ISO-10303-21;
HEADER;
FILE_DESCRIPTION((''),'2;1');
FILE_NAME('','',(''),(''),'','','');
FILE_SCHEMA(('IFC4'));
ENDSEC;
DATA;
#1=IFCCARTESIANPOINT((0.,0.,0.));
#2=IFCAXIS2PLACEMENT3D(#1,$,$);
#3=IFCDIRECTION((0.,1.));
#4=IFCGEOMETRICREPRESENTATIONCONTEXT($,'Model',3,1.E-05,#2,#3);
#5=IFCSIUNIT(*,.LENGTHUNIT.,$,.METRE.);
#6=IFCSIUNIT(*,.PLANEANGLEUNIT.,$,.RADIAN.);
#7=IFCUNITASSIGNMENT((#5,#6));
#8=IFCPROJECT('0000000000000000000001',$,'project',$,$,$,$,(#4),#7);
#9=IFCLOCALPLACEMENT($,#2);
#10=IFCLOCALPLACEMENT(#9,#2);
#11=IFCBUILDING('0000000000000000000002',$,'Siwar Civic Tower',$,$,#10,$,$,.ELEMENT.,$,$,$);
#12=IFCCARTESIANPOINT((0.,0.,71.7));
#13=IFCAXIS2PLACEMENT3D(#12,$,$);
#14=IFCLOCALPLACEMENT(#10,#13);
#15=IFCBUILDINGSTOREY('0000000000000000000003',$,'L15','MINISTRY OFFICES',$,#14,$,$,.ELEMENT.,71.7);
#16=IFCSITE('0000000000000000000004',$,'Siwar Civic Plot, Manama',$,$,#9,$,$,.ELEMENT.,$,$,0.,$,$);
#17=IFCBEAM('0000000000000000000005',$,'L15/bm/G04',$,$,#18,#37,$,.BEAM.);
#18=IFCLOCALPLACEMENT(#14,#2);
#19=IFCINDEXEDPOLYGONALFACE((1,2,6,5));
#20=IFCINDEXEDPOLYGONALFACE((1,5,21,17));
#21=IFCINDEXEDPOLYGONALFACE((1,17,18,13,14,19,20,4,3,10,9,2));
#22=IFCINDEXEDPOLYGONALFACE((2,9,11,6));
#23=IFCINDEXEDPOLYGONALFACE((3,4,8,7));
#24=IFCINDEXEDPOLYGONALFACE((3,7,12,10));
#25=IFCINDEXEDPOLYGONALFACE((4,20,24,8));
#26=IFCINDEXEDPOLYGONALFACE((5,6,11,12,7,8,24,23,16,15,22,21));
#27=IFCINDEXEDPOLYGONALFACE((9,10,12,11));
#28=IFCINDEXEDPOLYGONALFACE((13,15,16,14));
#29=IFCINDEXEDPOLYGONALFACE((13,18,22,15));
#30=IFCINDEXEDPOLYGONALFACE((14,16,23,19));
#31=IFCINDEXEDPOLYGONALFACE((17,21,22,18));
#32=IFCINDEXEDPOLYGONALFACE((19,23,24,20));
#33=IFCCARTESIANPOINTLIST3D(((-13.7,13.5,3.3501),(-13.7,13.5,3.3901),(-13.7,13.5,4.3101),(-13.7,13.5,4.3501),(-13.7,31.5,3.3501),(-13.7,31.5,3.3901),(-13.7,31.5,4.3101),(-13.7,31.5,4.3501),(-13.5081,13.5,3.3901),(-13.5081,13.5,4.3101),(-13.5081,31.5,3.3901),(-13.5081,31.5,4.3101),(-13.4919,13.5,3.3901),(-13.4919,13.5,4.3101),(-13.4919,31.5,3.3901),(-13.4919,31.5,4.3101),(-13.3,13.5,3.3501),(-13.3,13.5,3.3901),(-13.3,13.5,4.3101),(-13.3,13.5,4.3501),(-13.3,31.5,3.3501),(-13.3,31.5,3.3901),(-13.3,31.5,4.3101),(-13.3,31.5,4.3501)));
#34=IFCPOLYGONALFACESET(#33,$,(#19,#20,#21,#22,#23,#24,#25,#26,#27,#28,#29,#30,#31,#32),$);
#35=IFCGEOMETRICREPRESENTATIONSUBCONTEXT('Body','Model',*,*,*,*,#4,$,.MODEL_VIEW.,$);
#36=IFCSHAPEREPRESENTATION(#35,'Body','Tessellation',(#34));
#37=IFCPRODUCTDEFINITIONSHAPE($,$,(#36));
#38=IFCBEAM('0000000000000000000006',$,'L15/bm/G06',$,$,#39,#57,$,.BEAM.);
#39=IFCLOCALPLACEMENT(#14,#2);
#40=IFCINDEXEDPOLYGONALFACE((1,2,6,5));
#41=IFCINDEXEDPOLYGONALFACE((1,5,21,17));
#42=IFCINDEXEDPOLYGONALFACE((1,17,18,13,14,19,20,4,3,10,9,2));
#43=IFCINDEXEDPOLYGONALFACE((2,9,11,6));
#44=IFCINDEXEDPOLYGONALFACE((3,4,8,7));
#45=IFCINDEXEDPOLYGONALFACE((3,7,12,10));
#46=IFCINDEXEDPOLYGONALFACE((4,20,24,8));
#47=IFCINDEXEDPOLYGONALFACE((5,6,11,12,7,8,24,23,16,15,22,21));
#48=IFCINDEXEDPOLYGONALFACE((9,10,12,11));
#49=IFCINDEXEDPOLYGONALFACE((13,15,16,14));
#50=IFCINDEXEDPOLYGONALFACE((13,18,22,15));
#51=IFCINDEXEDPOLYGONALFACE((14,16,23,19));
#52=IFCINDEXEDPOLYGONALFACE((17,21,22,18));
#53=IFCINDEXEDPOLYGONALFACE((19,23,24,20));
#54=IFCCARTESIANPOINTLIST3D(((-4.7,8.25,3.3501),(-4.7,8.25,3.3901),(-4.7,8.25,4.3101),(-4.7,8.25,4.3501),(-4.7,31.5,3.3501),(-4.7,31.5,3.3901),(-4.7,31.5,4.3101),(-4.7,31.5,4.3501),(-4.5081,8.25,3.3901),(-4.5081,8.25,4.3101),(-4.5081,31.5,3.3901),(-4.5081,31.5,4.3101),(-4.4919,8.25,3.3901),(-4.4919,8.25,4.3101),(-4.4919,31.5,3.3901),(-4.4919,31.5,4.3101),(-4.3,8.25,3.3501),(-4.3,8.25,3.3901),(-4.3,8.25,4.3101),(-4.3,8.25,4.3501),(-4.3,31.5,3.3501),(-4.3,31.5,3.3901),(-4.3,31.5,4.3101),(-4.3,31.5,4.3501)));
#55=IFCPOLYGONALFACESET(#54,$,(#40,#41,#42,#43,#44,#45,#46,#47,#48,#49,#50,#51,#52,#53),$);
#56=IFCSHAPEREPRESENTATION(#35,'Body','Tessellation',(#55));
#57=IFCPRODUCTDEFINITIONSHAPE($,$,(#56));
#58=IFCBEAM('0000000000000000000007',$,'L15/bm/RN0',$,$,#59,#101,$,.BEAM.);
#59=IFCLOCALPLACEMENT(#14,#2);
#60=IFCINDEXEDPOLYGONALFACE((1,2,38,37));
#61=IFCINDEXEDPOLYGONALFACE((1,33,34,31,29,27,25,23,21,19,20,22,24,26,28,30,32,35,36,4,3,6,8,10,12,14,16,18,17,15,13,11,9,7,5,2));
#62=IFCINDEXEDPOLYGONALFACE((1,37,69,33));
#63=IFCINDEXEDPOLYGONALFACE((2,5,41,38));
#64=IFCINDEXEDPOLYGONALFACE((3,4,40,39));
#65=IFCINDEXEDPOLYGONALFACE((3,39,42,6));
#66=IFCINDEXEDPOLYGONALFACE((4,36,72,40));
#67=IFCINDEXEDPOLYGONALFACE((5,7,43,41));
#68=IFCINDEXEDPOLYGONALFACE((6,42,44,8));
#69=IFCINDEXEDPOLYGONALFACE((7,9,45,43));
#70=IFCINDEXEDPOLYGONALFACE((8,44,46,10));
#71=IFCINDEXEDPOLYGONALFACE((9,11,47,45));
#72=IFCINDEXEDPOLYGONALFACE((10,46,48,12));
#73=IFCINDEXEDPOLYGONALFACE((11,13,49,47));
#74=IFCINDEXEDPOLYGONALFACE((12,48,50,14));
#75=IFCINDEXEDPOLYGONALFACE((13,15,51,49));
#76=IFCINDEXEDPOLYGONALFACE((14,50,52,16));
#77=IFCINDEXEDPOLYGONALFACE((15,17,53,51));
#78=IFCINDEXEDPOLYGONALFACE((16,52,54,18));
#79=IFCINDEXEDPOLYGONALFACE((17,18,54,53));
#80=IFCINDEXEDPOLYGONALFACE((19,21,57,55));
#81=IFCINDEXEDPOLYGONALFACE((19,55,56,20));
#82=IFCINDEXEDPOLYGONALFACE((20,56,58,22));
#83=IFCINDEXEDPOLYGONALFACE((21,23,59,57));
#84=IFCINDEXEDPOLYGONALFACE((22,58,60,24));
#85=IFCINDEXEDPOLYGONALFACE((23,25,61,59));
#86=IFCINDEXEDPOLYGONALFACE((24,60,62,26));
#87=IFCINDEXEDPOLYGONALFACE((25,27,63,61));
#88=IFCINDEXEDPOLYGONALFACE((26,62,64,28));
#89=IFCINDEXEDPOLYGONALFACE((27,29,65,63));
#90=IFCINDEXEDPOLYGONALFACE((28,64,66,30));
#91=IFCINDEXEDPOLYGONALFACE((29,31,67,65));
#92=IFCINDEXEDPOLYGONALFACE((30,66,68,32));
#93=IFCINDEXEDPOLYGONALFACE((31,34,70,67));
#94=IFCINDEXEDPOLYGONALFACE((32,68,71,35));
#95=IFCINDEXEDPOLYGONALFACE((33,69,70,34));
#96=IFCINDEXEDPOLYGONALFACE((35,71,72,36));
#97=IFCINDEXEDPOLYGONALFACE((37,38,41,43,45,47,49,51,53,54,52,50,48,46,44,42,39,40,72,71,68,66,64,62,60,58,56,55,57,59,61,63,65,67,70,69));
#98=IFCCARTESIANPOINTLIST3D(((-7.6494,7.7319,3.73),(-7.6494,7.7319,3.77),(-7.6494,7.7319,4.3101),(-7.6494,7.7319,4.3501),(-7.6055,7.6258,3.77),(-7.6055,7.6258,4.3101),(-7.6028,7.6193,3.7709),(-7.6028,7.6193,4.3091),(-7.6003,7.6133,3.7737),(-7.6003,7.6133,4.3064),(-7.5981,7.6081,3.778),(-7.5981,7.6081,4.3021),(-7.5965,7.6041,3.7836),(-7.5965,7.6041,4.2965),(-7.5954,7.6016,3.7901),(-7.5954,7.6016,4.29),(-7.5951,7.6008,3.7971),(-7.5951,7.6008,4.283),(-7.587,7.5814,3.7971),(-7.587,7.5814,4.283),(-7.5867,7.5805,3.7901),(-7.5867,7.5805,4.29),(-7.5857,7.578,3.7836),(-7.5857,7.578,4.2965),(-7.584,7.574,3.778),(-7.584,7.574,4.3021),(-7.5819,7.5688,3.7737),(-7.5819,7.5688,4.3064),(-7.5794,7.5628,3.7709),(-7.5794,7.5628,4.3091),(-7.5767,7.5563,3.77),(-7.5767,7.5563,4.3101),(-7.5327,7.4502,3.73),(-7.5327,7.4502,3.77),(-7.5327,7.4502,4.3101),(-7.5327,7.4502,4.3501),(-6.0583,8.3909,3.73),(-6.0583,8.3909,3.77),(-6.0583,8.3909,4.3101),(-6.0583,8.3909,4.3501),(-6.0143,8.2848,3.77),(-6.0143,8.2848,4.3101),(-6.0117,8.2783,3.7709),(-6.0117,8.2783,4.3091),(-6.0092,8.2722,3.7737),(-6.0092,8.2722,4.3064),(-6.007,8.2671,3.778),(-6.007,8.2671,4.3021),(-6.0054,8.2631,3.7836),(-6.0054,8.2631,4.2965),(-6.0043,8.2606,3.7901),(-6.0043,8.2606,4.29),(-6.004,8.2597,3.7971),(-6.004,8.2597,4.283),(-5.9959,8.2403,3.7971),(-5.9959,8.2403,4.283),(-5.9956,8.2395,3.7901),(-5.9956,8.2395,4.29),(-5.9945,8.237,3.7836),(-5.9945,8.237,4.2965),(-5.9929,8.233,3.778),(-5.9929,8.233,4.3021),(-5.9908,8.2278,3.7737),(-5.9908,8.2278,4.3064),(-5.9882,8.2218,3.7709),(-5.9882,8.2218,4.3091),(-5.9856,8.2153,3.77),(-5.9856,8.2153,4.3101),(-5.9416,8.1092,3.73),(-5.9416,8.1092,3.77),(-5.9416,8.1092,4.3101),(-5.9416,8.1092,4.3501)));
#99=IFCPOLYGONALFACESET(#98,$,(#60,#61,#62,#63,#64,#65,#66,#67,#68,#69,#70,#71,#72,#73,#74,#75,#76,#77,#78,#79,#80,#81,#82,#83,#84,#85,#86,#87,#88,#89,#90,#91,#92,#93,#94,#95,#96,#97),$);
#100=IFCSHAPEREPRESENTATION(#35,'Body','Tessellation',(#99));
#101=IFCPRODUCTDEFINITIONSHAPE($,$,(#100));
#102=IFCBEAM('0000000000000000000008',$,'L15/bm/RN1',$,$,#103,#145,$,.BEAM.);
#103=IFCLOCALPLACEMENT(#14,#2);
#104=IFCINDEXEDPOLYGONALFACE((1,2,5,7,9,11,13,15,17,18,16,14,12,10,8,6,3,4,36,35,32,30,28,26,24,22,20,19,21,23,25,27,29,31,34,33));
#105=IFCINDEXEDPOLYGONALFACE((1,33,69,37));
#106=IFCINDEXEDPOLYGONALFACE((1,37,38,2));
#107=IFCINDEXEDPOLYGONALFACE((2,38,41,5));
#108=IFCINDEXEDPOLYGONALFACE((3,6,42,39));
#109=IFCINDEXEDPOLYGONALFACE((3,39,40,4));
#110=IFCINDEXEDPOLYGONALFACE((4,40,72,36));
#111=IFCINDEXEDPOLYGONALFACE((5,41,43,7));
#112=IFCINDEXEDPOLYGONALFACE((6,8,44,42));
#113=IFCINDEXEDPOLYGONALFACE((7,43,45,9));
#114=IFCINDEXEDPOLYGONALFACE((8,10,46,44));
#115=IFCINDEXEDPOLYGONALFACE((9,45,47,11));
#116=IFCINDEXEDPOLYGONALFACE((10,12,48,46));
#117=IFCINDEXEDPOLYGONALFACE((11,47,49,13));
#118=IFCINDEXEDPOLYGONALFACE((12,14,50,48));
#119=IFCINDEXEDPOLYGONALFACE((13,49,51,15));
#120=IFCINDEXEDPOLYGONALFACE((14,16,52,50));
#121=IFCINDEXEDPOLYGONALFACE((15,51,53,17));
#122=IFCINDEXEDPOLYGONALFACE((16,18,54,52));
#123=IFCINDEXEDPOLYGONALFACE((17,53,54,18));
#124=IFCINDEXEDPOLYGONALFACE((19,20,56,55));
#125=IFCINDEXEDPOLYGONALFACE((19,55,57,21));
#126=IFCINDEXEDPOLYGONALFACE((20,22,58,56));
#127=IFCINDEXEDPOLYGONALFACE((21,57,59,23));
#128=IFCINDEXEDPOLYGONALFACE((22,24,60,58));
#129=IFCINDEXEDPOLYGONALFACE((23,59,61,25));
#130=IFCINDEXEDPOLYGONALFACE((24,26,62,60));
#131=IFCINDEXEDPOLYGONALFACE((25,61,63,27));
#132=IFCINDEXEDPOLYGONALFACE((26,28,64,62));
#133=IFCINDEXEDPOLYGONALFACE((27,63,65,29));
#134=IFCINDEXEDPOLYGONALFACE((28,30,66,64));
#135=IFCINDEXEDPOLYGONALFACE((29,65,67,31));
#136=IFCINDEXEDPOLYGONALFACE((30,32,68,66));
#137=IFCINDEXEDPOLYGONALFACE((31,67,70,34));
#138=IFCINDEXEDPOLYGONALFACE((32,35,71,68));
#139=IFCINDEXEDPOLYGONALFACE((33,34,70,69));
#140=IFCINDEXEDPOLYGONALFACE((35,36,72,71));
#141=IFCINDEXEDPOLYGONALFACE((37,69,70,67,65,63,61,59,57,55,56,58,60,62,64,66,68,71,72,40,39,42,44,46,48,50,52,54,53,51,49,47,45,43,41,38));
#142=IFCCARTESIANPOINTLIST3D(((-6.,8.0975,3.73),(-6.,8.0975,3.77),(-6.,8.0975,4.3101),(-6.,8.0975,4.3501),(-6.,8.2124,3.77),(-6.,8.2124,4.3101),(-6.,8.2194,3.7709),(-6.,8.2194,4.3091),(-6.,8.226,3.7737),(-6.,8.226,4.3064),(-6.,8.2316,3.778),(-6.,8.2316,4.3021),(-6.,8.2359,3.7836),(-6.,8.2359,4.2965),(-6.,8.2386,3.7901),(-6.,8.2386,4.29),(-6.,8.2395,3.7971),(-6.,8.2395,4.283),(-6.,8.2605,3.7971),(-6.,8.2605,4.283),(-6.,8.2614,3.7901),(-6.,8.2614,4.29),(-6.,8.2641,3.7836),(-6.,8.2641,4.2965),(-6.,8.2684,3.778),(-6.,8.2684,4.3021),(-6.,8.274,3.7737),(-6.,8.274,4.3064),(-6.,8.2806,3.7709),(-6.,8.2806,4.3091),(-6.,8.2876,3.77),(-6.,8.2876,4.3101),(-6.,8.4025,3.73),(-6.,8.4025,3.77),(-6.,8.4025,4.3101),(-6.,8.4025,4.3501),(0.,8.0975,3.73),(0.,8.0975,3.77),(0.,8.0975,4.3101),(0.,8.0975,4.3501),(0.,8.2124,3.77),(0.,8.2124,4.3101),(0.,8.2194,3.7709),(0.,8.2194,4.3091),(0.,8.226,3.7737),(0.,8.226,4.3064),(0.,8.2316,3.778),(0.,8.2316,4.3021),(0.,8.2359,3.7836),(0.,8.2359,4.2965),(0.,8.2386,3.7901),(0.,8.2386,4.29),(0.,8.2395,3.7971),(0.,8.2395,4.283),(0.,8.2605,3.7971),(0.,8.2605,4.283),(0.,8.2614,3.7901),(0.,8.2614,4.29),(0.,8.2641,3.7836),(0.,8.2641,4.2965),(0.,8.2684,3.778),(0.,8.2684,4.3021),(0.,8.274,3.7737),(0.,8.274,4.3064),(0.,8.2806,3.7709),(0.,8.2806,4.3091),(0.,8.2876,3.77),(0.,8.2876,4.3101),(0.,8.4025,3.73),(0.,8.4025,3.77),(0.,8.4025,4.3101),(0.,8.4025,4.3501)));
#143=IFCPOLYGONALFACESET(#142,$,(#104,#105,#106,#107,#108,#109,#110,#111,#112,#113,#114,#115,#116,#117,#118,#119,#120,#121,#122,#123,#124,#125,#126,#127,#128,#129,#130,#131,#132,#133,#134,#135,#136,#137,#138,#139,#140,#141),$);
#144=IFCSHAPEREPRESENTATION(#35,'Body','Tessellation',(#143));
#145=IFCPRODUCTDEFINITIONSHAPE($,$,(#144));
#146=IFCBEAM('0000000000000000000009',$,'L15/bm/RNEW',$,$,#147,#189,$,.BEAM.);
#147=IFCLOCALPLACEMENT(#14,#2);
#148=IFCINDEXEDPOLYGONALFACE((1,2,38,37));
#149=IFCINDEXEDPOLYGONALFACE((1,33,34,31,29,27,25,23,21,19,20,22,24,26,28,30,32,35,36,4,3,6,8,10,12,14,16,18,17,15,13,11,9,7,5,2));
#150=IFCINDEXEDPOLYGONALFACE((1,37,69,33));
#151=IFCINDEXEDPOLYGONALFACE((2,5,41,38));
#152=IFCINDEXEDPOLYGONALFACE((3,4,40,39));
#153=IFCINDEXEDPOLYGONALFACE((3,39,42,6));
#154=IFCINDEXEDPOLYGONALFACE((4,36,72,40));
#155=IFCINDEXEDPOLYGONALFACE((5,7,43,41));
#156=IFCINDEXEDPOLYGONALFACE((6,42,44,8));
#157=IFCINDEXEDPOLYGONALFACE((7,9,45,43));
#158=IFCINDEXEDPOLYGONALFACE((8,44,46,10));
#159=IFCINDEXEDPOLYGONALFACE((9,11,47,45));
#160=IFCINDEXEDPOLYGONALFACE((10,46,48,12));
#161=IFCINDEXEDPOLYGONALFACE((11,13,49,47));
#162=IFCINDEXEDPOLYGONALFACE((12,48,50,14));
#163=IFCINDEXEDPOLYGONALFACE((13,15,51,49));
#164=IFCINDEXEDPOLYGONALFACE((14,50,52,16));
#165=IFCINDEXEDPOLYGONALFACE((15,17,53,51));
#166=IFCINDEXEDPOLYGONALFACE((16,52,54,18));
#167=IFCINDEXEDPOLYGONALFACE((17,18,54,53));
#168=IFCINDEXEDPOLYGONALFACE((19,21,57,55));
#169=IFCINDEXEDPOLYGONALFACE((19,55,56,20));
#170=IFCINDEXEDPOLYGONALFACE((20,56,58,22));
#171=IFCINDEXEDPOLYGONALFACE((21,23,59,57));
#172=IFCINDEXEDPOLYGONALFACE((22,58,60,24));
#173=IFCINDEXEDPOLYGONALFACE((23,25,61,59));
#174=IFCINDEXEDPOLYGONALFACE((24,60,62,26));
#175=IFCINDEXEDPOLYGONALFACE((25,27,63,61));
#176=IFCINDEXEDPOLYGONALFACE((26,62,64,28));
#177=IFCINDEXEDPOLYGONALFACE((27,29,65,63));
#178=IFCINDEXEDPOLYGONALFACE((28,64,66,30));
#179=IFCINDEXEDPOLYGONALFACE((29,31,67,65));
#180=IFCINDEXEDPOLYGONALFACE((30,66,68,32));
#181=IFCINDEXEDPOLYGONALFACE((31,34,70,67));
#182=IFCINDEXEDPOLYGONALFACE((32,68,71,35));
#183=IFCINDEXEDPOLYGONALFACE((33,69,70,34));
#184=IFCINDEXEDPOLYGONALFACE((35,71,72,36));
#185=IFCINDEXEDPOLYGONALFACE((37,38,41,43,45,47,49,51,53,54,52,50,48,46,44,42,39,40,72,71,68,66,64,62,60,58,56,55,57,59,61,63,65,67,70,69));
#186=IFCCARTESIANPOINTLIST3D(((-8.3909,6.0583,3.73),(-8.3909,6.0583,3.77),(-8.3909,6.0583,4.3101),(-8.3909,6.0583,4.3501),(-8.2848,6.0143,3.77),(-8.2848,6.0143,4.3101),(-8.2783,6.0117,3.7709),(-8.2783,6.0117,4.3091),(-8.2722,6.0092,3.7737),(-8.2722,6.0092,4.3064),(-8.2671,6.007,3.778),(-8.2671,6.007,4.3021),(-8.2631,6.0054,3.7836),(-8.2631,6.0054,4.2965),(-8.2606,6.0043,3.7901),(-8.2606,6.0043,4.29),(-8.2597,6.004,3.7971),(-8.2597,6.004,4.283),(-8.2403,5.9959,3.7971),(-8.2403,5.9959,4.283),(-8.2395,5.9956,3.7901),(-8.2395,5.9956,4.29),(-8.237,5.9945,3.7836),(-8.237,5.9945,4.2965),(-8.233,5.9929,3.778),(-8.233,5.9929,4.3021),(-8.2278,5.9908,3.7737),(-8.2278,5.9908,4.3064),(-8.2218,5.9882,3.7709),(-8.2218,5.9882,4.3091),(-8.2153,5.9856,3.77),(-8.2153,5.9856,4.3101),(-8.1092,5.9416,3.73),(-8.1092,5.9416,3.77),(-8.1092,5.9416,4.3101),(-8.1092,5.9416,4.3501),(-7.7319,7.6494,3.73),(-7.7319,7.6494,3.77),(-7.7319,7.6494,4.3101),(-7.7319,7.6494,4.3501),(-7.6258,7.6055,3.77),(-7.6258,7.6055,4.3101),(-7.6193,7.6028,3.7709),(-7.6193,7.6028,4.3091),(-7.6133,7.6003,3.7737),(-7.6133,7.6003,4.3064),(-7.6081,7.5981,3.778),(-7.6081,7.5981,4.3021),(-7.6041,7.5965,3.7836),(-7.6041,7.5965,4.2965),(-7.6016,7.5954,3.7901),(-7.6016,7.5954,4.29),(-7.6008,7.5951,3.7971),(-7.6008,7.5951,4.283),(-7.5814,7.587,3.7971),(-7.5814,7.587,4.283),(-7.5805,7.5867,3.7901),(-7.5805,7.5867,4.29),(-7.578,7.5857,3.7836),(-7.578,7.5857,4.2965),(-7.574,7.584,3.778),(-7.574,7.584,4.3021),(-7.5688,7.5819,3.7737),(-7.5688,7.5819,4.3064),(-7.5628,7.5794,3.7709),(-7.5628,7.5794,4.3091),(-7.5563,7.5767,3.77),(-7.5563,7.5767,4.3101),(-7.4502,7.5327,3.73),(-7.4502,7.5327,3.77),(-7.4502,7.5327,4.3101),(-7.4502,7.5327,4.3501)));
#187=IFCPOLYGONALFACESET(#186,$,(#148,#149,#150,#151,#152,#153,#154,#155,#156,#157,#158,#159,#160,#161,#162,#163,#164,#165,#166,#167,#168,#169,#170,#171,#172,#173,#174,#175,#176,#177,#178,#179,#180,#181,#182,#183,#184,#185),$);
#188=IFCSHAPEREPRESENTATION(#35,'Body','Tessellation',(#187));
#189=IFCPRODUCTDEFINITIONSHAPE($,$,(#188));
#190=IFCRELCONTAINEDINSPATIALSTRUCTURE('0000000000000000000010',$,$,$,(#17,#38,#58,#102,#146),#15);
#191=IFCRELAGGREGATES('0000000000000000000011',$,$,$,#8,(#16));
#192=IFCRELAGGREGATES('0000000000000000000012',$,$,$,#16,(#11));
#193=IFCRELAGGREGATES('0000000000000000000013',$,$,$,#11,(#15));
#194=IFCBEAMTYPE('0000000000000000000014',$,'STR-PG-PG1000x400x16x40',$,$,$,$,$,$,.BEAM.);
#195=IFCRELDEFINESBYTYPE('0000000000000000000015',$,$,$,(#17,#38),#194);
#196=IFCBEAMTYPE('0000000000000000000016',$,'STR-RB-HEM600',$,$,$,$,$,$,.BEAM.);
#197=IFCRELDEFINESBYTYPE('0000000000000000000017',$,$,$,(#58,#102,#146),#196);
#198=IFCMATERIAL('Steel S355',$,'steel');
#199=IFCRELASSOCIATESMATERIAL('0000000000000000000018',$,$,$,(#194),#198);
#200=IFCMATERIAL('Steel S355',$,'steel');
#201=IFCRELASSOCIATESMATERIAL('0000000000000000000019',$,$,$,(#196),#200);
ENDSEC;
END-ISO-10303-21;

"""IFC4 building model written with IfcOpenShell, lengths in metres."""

from ifc_helpers import new_model, si_unit, direction, frame, origin, origin_2d, place, context, subcontext, project, spatial, i_section, extrude, material, material_profile, profile_set, type_object, element, save


model = new_model("IFC4")

# Units and contexts
model_context = context("Model", 3, precision=1e-05, world=origin(), true_north=direction((0.0, 1.0)))
body_context = subcontext(model_context, "Body", "Model", "MODEL_VIEW")
ifc_project = project(units=[si_unit("LENGTHUNIT", "METRE"), si_unit("PLANEANGLEUNIT", "RADIAN")], contexts=[model_context])

# Site, building, storey
site_placement = place(None, origin())
site = spatial("IfcSite", under=ifc_project, at=site_placement, Name="Siwar Civic Plot, Manama", CompositionType="ELEMENT", RefElevation=0.0)
building_placement = place(site_placement, origin())
building = spatial("IfcBuilding", under=site, at=building_placement, Name="Siwar Civic Tower", CompositionType="ELEMENT")
storey_placement = place(building_placement, frame((0.0, 0.0, 71.7)))
storey = spatial("IfcBuildingStorey", under=building, at=storey_placement, Name="L15", Description="MINISTRY OFFICES", CompositionType="ELEMENT", Elevation=71.7)

# Beams
ifc_material_1 = material(Name="Steel S355", Category="steel")
ifc_material_profile_1 = material_profile(ifc_material_1, i_section(OverallWidth=0.3999, OverallDepth=1.0, WebThickness=0.0161, FlangeThickness=0.04, at=origin_2d()), Name="PG1000x400x16x40")
ifc_profile_set_1 = profile_set([ifc_material_profile_1], Name="Steel S355")
beam_type_1 = type_object("IfcBeamType", Name="STR-PG-PG1000x400x16x40", PredefinedType="BEAM", material=ifc_profile_set_1)
beam_1_placement = place(storey_placement, frame((-13.5, 13.5, 3.8501), z_axis=(0.0, 1.0, 0.0), x_axis=(-1.0, 0.0, 0.0)))
element("IfcBeam", 1, at=beam_1_placement, inside=storey, type_object=beam_type_1, Name="L15/bm/G04", PredefinedType="BEAM", context=body_context, shape_type="SweptSolid", body=[
    extrude(i_section(OverallWidth=0.3999, OverallDepth=1.0, WebThickness=0.0161, FlangeThickness=0.04, at=origin_2d()), origin(), (0.0, 0.0, 1.0), 18.0),
])
beam_2_placement = place(storey_placement, frame((-4.5, 8.25, 3.8501), z_axis=(0.0, 1.0, 0.0), x_axis=(-1.0, 0.0, 0.0)))
element("IfcBeam", 2, at=beam_2_placement, inside=storey, type_object=beam_type_1, Name="L15/bm/G06", PredefinedType="BEAM", context=body_context, shape_type="SweptSolid", body=[
    extrude(i_section(OverallWidth=0.3999, OverallDepth=1.0, WebThickness=0.0161, FlangeThickness=0.04, at=origin_2d()), origin(), (0.0, 0.0, 1.0), 23.25),
])
ifc_material_2 = material(Name="Steel S355", Category="steel")
ifc_material_profile_2 = material_profile(ifc_material_2, i_section(OverallWidth=0.3049, OverallDepth=0.6201, WebThickness=0.021, FlangeThickness=0.04, FilletRadius=0.0271, at=origin_2d()), Name="HEM600")
ifc_profile_set_2 = profile_set([ifc_material_profile_2], Name="Steel S355")
beam_type_2 = type_object("IfcBeamType", Name="STR-RB-HEM600", PredefinedType="BEAM", material=ifc_profile_set_2)
beam_3_placement = place(storey_placement, frame((-7.5911, 7.5911, 4.04), z_axis=(0.923901, 0.382631, 0.0), x_axis=(-0.382631, 0.923901, 0.0)))
element("IfcBeam", 3, at=beam_3_placement, inside=storey, type_object=beam_type_2, Name="L15/bm/RN0", PredefinedType="BEAM", context=body_context, shape_type="SweptSolid", body=[
    extrude(i_section(OverallWidth=0.3049, OverallDepth=0.6201, WebThickness=0.021, FlangeThickness=0.04, FilletRadius=0.0271, at=origin_2d()), origin(), (0.0, 0.0, 1.0), 1.7222),
])
beam_4_placement = place(storey_placement, frame((-6.0, 8.25, 4.04), z_axis=(1.0, 0.0, 0.0), x_axis=(0.0, 1.0, 0.0)))
element("IfcBeam", 4, at=beam_4_placement, inside=storey, type_object=beam_type_2, Name="L15/bm/RN1", PredefinedType="BEAM", context=body_context, shape_type="SweptSolid", body=[
    extrude(i_section(OverallWidth=0.3049, OverallDepth=0.6201, WebThickness=0.021, FlangeThickness=0.04, FilletRadius=0.0271, at=origin_2d()), origin(), (0.0, 0.0, 1.0), 6.0),
])
beam_5_placement = place(storey_placement, frame((-7.5911, 7.5911, 4.04), z_axis=(-0.382631, -0.923901, 0.0), x_axis=(0.923901, -0.382631, 0.0)))
element("IfcBeam", 5, at=beam_5_placement, inside=storey, type_object=beam_type_2, Name="L15/bm/RNEW", PredefinedType="BEAM", context=body_context, shape_type="SweptSolid", body=[
    extrude(i_section(OverallWidth=0.3049, OverallDepth=0.6201, WebThickness=0.021, FlangeThickness=0.04, FilletRadius=0.0271, at=origin_2d()), origin(), (0.0, 0.0, 1.0), 1.7222),
])

save(model, "model.ifc")
